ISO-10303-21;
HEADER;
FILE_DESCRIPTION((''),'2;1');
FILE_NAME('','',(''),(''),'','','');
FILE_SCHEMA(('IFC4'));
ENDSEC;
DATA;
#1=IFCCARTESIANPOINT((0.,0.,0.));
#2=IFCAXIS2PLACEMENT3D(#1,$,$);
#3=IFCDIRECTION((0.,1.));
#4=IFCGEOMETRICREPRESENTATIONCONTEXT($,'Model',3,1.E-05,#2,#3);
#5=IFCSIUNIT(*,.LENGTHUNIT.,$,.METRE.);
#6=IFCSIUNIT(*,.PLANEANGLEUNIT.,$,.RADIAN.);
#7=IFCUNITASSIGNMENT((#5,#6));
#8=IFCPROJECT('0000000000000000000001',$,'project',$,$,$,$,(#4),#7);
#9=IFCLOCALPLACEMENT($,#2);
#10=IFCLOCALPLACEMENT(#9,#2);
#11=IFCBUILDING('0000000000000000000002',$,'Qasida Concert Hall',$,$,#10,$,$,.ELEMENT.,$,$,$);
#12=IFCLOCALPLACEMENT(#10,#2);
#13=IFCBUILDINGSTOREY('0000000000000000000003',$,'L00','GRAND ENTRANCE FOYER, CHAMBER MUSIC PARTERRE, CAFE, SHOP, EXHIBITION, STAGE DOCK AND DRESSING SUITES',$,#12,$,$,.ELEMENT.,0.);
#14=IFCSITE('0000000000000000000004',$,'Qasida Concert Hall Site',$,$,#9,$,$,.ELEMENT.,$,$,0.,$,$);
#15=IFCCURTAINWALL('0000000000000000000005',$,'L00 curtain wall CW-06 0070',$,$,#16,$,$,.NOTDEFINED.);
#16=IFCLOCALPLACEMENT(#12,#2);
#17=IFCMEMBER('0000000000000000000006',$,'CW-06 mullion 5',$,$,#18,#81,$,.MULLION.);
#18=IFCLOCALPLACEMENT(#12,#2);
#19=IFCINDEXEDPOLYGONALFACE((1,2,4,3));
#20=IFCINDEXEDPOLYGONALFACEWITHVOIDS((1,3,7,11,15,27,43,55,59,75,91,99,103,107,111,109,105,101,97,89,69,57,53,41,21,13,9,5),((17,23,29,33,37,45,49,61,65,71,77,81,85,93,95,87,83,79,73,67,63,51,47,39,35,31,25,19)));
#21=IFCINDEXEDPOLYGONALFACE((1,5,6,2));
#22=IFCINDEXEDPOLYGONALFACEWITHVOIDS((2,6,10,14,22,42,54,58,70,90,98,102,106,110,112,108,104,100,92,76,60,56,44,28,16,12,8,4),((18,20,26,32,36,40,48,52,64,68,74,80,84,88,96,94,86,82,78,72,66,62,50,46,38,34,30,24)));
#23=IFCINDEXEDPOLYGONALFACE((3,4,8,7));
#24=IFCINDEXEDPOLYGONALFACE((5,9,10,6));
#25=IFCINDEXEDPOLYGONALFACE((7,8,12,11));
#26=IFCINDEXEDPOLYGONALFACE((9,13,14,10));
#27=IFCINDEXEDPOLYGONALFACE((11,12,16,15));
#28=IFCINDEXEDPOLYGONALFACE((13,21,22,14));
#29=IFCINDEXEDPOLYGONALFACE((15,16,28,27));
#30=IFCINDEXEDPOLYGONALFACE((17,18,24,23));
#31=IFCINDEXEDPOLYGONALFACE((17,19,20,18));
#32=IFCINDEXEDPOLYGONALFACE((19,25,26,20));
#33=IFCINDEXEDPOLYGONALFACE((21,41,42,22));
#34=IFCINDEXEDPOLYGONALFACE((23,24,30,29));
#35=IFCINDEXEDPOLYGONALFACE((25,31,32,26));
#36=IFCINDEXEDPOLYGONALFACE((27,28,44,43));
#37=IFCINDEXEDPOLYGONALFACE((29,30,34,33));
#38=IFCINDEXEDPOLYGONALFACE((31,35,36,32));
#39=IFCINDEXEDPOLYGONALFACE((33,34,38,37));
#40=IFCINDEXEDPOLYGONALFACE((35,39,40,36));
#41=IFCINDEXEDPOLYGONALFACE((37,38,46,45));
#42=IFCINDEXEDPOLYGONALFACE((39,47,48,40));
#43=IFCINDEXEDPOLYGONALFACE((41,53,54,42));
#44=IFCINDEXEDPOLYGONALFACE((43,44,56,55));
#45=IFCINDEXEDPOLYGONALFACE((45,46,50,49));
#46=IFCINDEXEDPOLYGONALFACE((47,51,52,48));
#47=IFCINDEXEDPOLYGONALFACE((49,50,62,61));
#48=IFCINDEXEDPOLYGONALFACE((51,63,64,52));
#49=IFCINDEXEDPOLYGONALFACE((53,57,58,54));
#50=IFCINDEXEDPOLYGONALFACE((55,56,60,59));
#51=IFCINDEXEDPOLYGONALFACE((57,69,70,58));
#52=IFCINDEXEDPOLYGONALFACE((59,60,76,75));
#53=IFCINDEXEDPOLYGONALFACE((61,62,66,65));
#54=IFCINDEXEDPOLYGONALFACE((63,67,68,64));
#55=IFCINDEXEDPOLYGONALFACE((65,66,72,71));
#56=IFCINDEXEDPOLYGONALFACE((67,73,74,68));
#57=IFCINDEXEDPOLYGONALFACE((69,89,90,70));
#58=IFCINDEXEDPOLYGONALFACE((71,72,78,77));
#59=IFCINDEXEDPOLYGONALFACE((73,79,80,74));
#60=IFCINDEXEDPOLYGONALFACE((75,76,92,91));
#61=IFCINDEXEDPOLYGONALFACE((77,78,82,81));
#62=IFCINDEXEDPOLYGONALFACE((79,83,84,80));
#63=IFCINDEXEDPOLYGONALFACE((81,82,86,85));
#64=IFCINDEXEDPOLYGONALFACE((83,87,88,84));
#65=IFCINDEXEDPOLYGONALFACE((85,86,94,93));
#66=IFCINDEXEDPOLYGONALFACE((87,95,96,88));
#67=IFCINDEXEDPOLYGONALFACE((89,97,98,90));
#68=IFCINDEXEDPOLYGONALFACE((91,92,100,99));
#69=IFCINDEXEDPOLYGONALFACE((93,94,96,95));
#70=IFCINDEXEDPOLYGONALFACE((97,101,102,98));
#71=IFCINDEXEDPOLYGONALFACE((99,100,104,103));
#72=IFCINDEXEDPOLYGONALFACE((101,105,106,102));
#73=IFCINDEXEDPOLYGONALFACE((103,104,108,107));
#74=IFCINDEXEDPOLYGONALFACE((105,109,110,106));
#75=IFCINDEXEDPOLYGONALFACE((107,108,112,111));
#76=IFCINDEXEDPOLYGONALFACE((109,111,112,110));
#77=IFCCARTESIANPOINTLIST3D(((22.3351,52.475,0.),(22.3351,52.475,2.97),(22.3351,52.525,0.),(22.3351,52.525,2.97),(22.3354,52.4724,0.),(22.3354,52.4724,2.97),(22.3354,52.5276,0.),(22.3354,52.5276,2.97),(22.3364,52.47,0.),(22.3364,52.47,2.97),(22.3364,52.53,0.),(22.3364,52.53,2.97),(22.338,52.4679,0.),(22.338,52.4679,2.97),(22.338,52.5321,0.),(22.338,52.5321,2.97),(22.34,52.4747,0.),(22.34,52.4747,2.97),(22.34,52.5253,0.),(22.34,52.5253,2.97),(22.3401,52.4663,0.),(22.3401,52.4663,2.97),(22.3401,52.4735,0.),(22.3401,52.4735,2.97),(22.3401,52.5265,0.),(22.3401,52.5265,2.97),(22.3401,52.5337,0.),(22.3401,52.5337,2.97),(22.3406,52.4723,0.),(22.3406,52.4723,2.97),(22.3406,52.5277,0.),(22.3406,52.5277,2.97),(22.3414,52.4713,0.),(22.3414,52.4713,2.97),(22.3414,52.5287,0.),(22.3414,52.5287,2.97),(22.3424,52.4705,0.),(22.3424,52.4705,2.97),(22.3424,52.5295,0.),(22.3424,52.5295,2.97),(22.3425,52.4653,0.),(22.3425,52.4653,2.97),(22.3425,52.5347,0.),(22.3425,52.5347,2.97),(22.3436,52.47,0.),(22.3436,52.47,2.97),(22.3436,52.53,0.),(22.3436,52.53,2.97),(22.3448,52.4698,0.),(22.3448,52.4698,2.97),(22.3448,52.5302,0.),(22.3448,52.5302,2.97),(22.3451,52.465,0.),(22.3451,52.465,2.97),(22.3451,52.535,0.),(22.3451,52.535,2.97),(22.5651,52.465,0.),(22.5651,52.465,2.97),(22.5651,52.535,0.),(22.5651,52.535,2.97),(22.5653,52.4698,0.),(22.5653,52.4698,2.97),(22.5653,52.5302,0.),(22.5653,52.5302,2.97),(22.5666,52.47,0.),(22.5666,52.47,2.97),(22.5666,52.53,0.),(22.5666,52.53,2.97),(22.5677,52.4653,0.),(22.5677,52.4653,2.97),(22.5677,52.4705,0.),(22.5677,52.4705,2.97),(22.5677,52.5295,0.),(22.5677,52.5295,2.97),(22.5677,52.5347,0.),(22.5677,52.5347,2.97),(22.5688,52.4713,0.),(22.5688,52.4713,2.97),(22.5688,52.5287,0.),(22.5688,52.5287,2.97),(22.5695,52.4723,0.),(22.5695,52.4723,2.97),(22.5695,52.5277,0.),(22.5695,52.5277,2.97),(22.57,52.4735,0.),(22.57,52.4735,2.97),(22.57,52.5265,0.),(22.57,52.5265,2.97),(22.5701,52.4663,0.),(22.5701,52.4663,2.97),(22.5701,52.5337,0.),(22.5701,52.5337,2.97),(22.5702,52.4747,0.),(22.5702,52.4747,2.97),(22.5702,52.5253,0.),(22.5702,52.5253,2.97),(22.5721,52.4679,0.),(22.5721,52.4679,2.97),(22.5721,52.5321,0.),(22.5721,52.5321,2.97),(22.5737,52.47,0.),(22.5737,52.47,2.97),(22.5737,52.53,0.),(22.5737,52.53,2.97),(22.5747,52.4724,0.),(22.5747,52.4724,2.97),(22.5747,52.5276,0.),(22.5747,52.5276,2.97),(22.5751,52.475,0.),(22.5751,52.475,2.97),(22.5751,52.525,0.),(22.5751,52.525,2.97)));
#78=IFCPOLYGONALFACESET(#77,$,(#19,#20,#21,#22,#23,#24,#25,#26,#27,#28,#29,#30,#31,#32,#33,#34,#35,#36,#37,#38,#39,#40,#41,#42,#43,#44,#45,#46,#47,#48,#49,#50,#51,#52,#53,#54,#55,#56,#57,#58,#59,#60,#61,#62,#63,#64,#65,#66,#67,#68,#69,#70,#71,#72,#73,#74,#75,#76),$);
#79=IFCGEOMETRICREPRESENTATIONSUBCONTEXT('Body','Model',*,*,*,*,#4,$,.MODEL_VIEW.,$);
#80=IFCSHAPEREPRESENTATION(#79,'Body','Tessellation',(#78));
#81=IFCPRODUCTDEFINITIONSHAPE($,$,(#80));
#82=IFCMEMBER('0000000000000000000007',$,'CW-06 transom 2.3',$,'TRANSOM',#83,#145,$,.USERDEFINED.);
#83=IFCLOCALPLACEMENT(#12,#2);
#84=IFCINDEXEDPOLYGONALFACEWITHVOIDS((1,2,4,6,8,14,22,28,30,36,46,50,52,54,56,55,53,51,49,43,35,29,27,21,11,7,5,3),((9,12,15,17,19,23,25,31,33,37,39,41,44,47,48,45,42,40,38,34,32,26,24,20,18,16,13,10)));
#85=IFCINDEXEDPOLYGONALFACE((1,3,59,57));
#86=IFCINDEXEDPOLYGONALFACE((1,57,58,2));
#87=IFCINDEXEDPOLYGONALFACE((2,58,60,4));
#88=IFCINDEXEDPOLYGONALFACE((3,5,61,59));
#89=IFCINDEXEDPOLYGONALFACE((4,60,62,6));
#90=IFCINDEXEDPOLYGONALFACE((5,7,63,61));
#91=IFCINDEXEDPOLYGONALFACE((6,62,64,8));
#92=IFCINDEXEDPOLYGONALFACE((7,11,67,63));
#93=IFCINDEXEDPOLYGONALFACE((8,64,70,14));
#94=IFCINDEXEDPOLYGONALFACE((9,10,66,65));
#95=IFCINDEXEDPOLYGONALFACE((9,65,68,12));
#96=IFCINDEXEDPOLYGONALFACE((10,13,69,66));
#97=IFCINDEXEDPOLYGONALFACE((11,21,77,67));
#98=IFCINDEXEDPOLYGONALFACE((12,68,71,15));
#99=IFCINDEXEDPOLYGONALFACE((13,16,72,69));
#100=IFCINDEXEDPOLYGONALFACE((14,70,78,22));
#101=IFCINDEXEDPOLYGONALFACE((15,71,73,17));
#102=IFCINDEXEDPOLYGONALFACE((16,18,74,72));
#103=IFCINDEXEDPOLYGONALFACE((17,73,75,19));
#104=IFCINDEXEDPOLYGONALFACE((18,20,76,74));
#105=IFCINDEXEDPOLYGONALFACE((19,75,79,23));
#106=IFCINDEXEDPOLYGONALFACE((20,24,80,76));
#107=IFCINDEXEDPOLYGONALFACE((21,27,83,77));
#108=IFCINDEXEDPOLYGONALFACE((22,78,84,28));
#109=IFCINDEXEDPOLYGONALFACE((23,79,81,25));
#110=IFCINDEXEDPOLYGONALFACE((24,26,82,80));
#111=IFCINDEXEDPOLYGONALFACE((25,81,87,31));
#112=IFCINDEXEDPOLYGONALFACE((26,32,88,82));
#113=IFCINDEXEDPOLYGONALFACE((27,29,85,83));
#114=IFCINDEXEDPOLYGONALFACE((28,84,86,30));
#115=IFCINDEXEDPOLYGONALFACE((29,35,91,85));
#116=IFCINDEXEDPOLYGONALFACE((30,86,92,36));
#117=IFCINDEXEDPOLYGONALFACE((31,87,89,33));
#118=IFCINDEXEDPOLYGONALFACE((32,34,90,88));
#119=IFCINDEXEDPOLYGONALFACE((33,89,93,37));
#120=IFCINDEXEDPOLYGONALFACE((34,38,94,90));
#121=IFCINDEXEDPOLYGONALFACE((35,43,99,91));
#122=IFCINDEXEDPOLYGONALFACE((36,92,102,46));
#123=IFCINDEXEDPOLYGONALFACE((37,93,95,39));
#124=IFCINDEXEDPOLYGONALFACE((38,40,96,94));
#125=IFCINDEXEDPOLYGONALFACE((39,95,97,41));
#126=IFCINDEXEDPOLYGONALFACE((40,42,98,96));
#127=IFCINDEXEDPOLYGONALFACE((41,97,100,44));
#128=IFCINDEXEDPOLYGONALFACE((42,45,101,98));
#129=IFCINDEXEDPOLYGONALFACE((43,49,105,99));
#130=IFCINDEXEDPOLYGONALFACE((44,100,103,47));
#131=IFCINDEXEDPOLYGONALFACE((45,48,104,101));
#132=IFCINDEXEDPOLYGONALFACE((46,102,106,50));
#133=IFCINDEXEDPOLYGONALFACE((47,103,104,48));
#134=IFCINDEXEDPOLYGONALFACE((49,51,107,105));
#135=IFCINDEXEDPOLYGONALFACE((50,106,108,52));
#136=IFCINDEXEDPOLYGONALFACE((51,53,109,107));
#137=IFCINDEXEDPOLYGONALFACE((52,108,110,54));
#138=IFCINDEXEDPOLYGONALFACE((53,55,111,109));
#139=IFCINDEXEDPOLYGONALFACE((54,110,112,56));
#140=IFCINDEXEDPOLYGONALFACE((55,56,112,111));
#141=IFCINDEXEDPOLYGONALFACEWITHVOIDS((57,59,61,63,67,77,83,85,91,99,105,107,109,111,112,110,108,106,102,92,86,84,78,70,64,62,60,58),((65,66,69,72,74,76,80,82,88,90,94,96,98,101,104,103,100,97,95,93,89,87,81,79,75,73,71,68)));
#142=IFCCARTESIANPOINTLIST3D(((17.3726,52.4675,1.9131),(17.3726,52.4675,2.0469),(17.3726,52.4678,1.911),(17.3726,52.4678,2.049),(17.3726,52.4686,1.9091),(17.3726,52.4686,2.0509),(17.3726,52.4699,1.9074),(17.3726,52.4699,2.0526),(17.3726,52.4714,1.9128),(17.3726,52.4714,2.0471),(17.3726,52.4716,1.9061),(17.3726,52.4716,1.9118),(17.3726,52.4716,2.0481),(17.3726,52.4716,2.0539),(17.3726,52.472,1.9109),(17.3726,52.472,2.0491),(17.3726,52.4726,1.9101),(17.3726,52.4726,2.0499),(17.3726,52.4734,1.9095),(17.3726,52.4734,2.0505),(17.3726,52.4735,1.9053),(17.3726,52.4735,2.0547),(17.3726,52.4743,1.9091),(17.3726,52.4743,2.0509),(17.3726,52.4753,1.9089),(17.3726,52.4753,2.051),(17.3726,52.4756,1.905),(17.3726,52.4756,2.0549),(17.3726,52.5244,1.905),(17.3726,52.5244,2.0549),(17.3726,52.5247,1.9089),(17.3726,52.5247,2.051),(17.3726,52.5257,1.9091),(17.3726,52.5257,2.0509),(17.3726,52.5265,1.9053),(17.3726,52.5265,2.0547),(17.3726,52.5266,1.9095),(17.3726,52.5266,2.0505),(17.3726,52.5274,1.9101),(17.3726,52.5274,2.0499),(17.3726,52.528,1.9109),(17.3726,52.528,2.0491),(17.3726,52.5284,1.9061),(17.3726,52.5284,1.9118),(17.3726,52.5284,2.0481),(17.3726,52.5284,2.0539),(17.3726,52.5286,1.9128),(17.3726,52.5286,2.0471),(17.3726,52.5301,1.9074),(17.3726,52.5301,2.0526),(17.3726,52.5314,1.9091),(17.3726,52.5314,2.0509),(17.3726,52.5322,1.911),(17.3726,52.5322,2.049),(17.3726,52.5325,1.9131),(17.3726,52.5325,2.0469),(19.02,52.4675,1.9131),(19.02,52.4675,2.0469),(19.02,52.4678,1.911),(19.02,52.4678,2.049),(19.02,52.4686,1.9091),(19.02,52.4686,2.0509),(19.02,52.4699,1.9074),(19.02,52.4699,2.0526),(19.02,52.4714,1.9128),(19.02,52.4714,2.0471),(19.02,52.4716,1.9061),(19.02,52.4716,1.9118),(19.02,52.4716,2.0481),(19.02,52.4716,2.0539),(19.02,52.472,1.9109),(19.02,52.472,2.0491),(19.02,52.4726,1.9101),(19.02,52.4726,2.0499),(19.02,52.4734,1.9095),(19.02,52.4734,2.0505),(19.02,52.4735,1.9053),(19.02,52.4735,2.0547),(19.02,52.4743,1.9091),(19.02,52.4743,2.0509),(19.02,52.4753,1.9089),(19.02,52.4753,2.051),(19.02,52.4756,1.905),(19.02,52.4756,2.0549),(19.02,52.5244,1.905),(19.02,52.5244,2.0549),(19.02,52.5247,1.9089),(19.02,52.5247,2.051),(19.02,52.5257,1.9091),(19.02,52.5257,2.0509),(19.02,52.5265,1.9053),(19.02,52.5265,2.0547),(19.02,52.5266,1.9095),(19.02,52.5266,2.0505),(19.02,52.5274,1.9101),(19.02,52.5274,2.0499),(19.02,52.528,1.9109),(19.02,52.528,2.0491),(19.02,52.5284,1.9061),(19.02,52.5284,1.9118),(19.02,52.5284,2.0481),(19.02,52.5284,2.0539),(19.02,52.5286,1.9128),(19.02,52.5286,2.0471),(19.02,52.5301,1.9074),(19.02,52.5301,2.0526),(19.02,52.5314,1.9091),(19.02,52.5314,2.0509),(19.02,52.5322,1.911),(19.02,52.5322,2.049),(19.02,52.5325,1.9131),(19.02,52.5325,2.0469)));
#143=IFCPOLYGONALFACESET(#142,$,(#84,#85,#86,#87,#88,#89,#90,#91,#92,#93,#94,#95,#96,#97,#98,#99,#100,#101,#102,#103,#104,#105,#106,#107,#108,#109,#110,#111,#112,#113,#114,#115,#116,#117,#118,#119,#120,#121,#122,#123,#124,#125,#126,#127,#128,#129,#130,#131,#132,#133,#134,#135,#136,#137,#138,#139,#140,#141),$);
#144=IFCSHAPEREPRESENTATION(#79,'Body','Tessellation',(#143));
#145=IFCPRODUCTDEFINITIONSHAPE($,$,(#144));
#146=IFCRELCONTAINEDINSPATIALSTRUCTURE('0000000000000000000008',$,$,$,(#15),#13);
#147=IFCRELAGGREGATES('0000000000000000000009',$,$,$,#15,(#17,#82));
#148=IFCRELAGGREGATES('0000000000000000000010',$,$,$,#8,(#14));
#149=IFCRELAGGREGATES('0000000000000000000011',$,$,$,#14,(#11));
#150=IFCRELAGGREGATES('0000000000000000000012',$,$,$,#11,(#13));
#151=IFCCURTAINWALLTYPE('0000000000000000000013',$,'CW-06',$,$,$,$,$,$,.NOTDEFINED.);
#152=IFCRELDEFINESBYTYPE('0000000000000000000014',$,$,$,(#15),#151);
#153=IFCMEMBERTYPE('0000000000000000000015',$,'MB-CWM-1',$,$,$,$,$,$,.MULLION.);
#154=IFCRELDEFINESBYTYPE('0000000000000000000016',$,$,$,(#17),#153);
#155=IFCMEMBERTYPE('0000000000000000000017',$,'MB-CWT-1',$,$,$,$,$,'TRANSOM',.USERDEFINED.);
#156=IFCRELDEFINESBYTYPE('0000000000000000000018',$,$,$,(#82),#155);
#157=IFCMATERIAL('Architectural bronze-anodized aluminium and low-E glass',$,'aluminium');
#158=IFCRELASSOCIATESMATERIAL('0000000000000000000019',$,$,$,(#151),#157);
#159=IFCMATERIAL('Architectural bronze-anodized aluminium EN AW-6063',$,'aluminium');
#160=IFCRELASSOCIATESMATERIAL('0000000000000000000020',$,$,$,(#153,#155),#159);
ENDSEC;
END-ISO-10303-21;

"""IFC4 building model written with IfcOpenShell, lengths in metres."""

from ifc_helpers import new_model, si_unit, direction, frame, origin, origin_2d, place, context, subcontext, project, spatial, hollow_rectangle, extrude, material, material_profile, profile_set, type_object, element, aggregate, save


model = new_model("IFC4")

# Units and contexts
model_context = context("Model", 3, precision=1e-05, world=origin(), true_north=direction((0.0, 1.0)))
body_context = subcontext(model_context, "Body", "Model", "MODEL_VIEW")
ifc_project = project(units=[si_unit("LENGTHUNIT", "METRE"), si_unit("PLANEANGLEUNIT", "RADIAN")], contexts=[model_context])

# Site, building, storey
site_placement = place(None, origin())
site = spatial("IfcSite", under=ifc_project, at=site_placement, Name="Qasida Concert Hall Site", CompositionType="ELEMENT", RefElevation=0.0)
building_placement = place(site_placement, origin())
building = spatial("IfcBuilding", under=site, at=building_placement, Name="Qasida Concert Hall", CompositionType="ELEMENT")
storey_placement = place(building_placement, origin())
storey = spatial("IfcBuildingStorey", under=building, at=storey_placement, Name="L00", Description="GRAND ENTRANCE FOYER, CHAMBER MUSIC PARTERRE, CAFE, SHOP, EXHIBITION, STAGE DOCK AND DRESSING SUITES", CompositionType="ELEMENT", Elevation=0.0)

# Curtain wall, members
ifc_material_1 = material(Name="Architectural bronze-anodized aluminium and low-E glass", Category="aluminium")
curtain_wall_type = type_object("IfcCurtainWallType", Name="CW-06", PredefinedType="NOTDEFINED", material=ifc_material_1)
curtain_wall_placement = place(storey_placement, origin())
curtain_wall = element("IfcCurtainWall", 1, at=curtain_wall_placement, inside=storey, type_object=curtain_wall_type, Name="L00 curtain wall CW-06 0070", PredefinedType="NOTDEFINED")
ifc_material_2 = material(Name="Architectural bronze-anodized aluminium EN AW-6063", Category="aluminium")
ifc_material_profile_1 = material_profile(ifc_material_2, hollow_rectangle(XDim=0.0701, YDim=0.24, WallThickness=0.0049, InnerFilletRadius=0.0049, OuterFilletRadius=0.01, at=origin_2d()), Name="CWM 240x70x5")
ifc_profile_set_1 = profile_set([ifc_material_profile_1], Name="Architectural bronze-anodized aluminium EN AW-6063")
member_type_1 = type_object("IfcMemberType", Name="MB-CWM-1", PredefinedType="MULLION", material=ifc_profile_set_1)
member_1_placement = place(storey_placement, frame((22.4551, 52.5, 0.0), z_axis=(0.0, 0.0, 1.0), x_axis=(0.0, 1.0, 0.0)))
member_1 = element("IfcMember", 2, at=member_1_placement, type_object=member_type_1, Name="CW-06 mullion 5", PredefinedType="MULLION", context=body_context, shape_type="SweptSolid", body=[
    extrude(hollow_rectangle(XDim=0.0701, YDim=0.24, WallThickness=0.0049, InnerFilletRadius=0.0049, OuterFilletRadius=0.01, at=origin_2d()), origin(), (0.0, 0.0, 1.0), 2.97),
])
ifc_material_profile_2 = material_profile(ifc_material_2, hollow_rectangle(XDim=0.0649, YDim=0.1499, WallThickness=0.0039, InnerFilletRadius=0.0039, OuterFilletRadius=0.0081, at=origin_2d()), Name="CWT 150x65x4")
ifc_profile_set_2 = profile_set([ifc_material_profile_2], Name="Architectural bronze-anodized aluminium EN AW-6063")
member_type_2 = type_object("IfcMemberType", Name="MB-CWT-1", ElementType="TRANSOM", PredefinedType="USERDEFINED", material=ifc_profile_set_2)
member_2_placement = place(storey_placement, frame((17.3726, 52.5, 1.98), z_axis=(1.0, 0.0, 0.0), x_axis=(0.0, 1.0, 0.0)))
member_2 = element("IfcMember", 3, at=member_2_placement, type_object=member_type_2, Name="CW-06 transom 2.3", ObjectType="TRANSOM", PredefinedType="USERDEFINED", context=body_context, shape_type="SweptSolid", body=[
    extrude(hollow_rectangle(XDim=0.0649, YDim=0.1499, WallThickness=0.0039, InnerFilletRadius=0.0039, OuterFilletRadius=0.0081, at=origin_2d()), origin(), (0.0, 0.0, 1.0), 1.6475),
])
aggregate(curtain_wall, [member_1, member_2])

save(model, "model.ifc")
